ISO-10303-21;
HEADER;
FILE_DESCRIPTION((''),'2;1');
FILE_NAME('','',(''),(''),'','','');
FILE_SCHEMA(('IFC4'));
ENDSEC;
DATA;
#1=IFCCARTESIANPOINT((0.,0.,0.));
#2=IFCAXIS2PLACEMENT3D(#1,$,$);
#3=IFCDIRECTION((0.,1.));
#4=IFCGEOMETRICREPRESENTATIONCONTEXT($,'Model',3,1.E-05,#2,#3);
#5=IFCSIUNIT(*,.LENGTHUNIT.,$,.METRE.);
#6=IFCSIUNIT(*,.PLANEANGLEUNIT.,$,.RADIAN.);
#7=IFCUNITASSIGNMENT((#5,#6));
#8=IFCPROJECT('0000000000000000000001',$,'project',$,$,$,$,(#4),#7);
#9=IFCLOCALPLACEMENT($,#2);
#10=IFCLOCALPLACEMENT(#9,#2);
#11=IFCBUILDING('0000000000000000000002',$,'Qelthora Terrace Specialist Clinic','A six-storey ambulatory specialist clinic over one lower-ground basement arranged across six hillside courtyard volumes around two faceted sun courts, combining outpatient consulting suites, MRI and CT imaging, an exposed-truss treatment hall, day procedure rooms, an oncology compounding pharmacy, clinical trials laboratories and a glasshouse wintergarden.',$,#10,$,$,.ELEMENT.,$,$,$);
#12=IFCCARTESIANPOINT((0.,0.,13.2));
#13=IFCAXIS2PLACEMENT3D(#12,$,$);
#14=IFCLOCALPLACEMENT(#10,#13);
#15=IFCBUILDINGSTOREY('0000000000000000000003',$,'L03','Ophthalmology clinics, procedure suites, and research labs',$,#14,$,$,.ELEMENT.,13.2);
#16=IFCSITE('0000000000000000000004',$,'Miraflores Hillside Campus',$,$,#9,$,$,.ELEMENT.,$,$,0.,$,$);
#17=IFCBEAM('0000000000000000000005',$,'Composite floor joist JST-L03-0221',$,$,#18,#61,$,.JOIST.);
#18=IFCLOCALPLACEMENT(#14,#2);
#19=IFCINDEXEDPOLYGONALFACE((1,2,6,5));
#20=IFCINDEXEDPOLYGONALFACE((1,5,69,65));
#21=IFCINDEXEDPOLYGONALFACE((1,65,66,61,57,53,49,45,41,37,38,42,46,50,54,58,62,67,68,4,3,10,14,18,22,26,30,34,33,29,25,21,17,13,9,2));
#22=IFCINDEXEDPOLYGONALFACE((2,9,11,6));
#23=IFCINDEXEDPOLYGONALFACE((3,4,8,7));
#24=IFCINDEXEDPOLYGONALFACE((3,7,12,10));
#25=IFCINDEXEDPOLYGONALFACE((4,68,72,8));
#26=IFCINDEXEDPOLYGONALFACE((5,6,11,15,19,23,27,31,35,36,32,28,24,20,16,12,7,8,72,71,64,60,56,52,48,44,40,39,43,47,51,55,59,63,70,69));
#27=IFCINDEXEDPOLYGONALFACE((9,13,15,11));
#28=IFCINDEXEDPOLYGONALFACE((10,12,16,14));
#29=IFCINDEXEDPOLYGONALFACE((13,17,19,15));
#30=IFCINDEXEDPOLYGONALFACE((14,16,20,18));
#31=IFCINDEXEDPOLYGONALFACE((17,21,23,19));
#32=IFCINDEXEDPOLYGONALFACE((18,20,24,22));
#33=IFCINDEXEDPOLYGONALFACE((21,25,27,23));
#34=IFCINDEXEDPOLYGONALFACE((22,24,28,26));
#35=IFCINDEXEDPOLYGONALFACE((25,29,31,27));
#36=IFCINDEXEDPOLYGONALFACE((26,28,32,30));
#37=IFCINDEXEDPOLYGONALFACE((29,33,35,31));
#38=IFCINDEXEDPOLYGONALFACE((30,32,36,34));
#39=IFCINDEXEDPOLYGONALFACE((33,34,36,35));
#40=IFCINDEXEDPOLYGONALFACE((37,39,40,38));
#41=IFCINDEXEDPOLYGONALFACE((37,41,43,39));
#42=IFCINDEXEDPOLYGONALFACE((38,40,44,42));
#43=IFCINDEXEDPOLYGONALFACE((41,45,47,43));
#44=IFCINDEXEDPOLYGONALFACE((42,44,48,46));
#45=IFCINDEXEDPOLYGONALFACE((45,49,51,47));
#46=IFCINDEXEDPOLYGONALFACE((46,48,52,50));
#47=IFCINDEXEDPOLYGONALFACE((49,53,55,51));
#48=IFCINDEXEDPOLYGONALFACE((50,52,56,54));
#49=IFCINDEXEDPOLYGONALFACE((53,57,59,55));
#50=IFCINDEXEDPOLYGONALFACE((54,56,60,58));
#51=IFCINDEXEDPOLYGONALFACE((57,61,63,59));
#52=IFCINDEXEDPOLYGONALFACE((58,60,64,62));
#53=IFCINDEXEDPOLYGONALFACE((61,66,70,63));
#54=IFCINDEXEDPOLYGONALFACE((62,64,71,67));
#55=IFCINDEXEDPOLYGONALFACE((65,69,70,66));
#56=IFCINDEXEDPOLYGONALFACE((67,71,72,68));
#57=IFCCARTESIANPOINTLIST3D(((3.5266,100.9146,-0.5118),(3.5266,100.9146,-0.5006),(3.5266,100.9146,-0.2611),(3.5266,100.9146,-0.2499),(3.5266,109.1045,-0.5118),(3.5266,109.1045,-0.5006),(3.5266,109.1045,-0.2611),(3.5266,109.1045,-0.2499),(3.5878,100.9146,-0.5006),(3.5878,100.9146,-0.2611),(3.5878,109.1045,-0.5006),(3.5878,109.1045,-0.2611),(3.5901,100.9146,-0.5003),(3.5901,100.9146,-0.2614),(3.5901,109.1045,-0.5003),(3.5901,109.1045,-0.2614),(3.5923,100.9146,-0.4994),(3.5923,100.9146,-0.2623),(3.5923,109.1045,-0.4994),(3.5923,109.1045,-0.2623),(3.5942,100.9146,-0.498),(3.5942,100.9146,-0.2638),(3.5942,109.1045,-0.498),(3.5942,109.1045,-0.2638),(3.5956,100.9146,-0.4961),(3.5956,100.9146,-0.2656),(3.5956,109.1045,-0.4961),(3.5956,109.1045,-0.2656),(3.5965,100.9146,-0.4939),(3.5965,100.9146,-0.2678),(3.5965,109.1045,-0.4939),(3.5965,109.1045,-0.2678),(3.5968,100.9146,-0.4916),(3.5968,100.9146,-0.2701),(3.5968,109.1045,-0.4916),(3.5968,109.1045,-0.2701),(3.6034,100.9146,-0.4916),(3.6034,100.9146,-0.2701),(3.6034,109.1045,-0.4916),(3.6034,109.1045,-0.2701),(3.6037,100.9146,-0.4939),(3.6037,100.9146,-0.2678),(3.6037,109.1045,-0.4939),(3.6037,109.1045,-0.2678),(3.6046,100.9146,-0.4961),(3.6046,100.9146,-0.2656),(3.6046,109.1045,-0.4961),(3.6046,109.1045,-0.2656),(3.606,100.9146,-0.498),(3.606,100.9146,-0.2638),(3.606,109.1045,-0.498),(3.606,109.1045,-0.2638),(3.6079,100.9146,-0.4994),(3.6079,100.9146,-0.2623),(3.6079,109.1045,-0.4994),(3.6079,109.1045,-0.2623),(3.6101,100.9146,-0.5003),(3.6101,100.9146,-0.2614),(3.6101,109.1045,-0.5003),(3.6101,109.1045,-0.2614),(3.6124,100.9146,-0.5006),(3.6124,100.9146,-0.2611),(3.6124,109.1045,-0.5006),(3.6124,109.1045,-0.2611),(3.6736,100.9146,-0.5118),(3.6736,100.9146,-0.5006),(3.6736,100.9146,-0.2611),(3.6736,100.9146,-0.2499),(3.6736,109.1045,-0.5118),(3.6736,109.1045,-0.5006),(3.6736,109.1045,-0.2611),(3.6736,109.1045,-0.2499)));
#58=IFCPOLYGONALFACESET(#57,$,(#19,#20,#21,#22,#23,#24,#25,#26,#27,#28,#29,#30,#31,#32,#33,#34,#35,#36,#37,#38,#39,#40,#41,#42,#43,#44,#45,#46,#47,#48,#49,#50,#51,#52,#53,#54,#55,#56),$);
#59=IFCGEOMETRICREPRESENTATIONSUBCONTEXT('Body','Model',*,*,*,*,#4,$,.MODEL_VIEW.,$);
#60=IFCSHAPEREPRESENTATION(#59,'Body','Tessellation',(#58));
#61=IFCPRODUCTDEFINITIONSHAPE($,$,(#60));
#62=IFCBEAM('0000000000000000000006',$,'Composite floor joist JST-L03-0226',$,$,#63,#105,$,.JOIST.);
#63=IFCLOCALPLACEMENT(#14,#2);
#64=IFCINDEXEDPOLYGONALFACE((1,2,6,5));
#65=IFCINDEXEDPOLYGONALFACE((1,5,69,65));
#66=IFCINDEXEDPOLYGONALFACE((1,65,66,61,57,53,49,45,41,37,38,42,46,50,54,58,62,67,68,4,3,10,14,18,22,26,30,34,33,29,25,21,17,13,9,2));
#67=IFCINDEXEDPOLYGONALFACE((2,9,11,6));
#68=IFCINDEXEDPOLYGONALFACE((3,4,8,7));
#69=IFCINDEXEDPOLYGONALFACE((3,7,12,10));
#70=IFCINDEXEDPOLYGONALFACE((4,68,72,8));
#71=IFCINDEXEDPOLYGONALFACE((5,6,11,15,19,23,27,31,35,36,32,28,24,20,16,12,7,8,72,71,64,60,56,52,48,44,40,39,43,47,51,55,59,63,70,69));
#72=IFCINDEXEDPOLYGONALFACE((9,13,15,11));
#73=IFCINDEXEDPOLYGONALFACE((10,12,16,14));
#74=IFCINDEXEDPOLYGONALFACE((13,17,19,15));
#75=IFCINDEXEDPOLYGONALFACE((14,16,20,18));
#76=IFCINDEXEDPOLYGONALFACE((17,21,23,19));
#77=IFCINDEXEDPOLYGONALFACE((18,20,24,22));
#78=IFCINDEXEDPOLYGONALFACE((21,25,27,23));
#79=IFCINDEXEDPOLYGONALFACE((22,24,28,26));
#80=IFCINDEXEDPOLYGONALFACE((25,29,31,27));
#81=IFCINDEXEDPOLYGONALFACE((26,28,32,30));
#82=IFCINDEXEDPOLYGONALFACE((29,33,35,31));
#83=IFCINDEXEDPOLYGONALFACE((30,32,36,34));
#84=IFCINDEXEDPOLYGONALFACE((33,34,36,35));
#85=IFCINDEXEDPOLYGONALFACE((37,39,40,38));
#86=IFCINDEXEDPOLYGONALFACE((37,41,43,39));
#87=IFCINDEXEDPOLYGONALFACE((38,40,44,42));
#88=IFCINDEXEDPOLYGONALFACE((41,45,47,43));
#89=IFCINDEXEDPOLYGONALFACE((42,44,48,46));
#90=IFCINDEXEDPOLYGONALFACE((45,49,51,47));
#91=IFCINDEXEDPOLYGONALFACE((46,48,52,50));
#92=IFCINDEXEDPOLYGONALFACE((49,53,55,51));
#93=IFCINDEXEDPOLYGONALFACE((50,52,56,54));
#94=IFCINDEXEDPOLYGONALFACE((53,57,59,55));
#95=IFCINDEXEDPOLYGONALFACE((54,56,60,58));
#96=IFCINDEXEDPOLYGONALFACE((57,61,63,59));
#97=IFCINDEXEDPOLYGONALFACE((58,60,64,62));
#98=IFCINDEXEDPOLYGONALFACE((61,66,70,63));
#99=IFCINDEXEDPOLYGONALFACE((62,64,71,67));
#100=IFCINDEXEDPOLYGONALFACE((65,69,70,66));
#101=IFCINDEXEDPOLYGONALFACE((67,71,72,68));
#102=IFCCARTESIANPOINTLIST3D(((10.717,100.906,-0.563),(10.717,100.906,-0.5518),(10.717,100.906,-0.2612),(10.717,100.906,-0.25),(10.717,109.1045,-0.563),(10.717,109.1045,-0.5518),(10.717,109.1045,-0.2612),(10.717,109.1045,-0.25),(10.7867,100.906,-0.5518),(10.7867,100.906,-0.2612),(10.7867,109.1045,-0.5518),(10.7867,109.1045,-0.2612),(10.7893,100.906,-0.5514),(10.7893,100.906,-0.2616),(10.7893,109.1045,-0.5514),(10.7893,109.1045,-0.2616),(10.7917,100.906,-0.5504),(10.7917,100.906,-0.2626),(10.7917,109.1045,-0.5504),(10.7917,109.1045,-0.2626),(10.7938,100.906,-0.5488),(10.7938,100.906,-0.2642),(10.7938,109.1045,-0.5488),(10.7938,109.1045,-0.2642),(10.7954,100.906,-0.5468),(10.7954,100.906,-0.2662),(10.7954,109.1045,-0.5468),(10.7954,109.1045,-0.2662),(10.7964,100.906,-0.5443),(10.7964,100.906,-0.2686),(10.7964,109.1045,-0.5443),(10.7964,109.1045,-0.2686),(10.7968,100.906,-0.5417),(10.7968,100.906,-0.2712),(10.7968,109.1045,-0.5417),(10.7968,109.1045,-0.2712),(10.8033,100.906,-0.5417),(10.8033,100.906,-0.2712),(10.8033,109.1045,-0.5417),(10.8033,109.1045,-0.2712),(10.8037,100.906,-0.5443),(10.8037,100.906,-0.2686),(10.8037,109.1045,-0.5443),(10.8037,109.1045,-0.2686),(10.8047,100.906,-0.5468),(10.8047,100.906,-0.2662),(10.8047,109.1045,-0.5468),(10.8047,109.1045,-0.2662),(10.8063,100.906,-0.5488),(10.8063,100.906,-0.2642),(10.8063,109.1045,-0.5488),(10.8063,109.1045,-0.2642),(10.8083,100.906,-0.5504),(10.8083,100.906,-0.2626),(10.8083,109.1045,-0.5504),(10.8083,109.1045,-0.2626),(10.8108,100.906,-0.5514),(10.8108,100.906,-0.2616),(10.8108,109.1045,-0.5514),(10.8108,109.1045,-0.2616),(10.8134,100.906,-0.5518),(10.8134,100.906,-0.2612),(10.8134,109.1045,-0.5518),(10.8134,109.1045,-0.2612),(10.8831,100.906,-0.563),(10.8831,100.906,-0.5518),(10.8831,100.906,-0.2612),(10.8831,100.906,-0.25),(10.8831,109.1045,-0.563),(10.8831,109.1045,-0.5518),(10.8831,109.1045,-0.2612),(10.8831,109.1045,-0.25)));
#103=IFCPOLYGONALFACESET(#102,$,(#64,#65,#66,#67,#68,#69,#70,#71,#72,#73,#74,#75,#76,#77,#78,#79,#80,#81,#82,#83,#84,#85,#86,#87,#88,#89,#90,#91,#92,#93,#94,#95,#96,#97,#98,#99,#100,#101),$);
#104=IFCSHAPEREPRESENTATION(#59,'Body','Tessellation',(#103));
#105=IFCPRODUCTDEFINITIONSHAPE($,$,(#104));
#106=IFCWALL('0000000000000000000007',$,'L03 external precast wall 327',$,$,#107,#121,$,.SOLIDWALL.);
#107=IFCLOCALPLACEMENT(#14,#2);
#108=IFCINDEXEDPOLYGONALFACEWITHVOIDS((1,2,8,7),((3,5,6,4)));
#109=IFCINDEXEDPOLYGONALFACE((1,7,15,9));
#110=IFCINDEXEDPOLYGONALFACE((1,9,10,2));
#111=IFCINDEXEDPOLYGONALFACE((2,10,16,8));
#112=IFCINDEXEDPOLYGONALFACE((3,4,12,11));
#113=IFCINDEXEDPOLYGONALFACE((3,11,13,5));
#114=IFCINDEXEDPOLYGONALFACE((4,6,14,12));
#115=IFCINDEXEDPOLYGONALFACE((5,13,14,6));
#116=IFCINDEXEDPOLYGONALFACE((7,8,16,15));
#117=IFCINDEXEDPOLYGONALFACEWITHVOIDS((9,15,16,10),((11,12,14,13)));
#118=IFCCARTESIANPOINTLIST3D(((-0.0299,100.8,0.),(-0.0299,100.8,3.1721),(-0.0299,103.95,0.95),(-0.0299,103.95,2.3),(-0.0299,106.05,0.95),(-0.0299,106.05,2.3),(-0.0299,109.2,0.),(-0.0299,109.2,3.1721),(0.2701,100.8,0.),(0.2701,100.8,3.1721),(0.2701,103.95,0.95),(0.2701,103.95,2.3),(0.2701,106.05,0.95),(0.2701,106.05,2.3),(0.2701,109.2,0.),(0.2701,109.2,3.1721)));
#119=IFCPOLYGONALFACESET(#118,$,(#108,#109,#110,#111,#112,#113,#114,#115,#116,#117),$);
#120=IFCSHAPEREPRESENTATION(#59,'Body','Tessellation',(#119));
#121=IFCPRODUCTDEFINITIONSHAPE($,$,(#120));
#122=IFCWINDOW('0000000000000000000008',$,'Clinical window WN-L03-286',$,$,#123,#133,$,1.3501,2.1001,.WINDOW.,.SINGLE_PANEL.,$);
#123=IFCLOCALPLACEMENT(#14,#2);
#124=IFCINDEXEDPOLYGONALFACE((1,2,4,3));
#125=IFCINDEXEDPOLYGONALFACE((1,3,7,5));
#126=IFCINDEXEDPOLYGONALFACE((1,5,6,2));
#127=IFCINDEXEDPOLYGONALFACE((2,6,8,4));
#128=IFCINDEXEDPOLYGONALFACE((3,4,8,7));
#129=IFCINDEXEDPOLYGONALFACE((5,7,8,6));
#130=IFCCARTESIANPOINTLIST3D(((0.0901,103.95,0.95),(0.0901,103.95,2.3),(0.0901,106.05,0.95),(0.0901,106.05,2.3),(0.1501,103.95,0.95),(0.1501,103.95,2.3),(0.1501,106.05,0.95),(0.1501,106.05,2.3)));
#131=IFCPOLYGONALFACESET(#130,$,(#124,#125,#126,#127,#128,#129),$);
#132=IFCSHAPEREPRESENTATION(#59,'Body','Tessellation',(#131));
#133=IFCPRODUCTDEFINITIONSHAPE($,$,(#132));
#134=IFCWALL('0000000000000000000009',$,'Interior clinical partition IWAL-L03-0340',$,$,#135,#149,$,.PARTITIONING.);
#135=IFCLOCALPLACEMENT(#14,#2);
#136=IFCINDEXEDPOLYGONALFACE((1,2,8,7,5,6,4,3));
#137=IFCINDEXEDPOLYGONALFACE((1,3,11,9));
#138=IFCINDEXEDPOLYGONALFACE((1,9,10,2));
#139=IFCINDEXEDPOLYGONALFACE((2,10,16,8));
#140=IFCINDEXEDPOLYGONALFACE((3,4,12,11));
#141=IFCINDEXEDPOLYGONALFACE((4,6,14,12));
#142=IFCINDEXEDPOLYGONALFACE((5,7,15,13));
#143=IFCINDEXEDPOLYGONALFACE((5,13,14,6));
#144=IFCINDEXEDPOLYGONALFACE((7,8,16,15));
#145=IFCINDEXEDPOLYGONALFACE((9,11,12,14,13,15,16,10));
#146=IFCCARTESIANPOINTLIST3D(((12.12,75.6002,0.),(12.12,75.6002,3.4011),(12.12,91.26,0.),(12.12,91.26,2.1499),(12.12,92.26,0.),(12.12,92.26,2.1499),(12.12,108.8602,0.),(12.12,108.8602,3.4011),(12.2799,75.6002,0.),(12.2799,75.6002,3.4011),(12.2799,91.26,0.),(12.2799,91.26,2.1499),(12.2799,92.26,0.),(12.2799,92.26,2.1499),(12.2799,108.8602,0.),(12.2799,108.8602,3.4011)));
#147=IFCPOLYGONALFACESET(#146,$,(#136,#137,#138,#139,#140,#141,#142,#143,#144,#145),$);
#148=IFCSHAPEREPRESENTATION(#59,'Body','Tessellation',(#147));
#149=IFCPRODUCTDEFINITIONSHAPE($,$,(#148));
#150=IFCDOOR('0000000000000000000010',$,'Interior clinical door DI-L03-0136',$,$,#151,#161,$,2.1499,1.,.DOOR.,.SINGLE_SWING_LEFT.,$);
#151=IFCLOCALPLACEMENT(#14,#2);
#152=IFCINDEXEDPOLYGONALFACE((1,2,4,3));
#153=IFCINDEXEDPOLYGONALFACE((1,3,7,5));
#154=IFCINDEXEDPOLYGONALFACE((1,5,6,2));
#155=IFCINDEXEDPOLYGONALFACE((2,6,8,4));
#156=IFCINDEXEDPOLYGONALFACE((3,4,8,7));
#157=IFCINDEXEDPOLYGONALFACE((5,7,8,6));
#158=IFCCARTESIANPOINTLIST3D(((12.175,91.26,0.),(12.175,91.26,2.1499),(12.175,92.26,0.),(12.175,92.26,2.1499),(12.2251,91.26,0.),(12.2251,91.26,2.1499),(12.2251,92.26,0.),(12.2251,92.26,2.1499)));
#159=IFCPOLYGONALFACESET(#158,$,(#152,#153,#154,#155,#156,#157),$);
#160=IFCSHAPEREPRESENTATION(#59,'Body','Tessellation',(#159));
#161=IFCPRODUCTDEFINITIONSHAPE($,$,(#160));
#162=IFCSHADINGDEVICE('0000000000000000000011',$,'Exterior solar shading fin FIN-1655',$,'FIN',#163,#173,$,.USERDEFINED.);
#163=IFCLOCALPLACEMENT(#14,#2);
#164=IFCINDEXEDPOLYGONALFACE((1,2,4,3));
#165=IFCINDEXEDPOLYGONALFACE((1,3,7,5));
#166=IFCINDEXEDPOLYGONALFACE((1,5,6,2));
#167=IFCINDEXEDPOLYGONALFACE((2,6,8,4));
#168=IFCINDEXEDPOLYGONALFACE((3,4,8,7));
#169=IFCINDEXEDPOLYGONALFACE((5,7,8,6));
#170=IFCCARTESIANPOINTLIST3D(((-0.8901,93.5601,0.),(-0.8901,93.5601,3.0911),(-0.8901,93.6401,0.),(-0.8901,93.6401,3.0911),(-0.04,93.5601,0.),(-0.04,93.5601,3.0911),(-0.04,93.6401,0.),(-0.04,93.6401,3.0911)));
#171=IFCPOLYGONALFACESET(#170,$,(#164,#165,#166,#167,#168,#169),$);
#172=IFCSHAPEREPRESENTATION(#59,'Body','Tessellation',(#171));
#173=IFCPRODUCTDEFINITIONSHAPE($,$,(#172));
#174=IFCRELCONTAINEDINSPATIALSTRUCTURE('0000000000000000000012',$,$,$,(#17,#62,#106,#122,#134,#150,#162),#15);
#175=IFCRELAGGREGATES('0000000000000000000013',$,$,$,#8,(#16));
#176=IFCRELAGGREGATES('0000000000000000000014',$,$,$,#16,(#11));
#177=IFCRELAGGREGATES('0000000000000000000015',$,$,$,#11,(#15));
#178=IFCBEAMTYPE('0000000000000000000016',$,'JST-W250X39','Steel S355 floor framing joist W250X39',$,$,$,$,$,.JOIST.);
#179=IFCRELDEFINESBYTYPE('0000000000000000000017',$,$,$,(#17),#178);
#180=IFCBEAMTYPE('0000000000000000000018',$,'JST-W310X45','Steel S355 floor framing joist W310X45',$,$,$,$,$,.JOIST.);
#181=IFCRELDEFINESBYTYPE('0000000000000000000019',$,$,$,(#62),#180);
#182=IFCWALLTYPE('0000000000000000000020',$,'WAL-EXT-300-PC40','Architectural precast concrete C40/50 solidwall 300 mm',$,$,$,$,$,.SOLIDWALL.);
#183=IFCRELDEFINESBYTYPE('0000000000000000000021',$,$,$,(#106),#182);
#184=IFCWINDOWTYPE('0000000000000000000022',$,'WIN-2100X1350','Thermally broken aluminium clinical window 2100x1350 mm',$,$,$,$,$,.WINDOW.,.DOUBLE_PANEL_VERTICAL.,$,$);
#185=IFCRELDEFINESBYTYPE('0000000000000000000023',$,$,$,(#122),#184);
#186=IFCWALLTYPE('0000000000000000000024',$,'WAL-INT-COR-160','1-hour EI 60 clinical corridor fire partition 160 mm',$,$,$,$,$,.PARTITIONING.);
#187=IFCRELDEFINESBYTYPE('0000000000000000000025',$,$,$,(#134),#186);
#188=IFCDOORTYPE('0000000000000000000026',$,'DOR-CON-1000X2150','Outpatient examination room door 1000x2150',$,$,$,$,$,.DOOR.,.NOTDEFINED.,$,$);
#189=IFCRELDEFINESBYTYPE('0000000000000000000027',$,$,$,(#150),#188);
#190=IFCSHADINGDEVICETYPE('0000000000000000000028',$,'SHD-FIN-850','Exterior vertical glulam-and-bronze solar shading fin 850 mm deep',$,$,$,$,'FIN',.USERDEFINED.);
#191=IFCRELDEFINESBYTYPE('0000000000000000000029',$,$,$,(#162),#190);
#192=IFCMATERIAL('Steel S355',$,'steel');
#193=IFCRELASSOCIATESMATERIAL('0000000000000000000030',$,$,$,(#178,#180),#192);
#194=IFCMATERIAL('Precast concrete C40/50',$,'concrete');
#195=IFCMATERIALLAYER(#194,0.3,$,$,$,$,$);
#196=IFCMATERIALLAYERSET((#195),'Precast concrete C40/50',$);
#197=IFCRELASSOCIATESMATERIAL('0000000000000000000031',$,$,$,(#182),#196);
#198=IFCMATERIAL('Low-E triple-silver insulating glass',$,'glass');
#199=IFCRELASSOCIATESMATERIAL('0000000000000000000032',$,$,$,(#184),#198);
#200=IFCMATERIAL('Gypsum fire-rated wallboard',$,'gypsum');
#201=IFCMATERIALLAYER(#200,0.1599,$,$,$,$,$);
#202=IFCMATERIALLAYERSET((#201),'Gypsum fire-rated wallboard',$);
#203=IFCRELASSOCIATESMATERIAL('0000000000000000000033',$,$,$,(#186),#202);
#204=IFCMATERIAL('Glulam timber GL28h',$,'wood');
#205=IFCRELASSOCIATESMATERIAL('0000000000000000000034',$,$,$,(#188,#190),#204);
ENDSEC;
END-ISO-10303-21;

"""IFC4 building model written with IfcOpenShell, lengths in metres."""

from ifc_helpers import new_model, si_unit, direction, frame, frame_2d, origin, origin_2d, place, context, subcontext, project, spatial, rectangle, i_section, extrude, material, layer, layer_set, material_profile, profile_set, type_object, element, fill, save


model = new_model("IFC4")

# Units and contexts
model_context = context("Model", 3, precision=1e-05, world=origin(), true_north=direction((0.0, 1.0)))
body_context = subcontext(model_context, "Body", "Model", "MODEL_VIEW")
ifc_project = project(units=[si_unit("LENGTHUNIT", "METRE"), si_unit("PLANEANGLEUNIT", "RADIAN")], contexts=[model_context])

# Site, building, storey
site_placement = place(None, origin())
site = spatial("IfcSite", under=ifc_project, at=site_placement, Name="Miraflores Hillside Campus", CompositionType="ELEMENT", RefElevation=0.0)
building_placement = place(site_placement, origin())
building = spatial("IfcBuilding", under=site, at=building_placement, Name="Qelthora Terrace Specialist Clinic", Description="A six-storey ambulatory specialist clinic over one lower-ground basement arranged across six hillside courtyard volumes around two faceted sun courts, combining outpatient consulting suites, MRI and CT imaging, an exposed-truss treatment hall, day procedure rooms, an oncology compounding pharmacy, clinical trials laboratories and a glasshouse wintergarden.", CompositionType="ELEMENT")
storey_placement = place(building_placement, frame((0.0, 0.0, 13.2)))
storey = spatial("IfcBuildingStorey", under=building, at=storey_placement, Name="L03", Description="Ophthalmology clinics, procedure suites, and research labs", CompositionType="ELEMENT", Elevation=13.2)

# Shared definitions
ifc_material_1 = material(Name="Steel S355", Category="steel")

# Beams
ifc_material_profile_1 = material_profile(ifc_material_1, i_section(OverallWidth=0.147, OverallDepth=0.262, WebThickness=0.0066, FlangeThickness=0.0112, FilletRadius=0.009, at=origin_2d()), Name="W250X39")
ifc_profile_set_1 = profile_set([ifc_material_profile_1], Name="Steel S355")
beam_type_1 = type_object("IfcBeamType", Name="JST-W250X39", Description="Steel S355 floor framing joist W250X39", PredefinedType="JOIST", material=ifc_profile_set_1)
beam_1_placement = place(storey_placement, frame((3.6001, 100.9146, -0.3809), z_axis=(0.0, 1.0, 0.0), x_axis=(-1.0, 0.0, 0.0)))
element("IfcBeam", 1, at=beam_1_placement, inside=storey, type_object=beam_type_1, Name="Composite floor joist JST-L03-0221", PredefinedType="JOIST", context=body_context, shape_type="SweptSolid", body=[
    extrude(i_section(OverallWidth=0.147, OverallDepth=0.262, WebThickness=0.0066, FlangeThickness=0.0112, FilletRadius=0.009, at=origin_2d()), origin(), (0.0, 0.0, 1.0), 8.1899),
])
ifc_material_profile_2 = material_profile(ifc_material_1, i_section(OverallWidth=0.166, OverallDepth=0.313, WebThickness=0.0066, FlangeThickness=0.0112, FilletRadius=0.01, at=origin_2d()), Name="W310X45")
ifc_profile_set_2 = profile_set([ifc_material_profile_2], Name="Steel S355")
beam_type_2 = type_object("IfcBeamType", Name="JST-W310X45", Description="Steel S355 floor framing joist W310X45", PredefinedType="JOIST", material=ifc_profile_set_2)
beam_2_placement = place(storey_placement, frame((10.8, 100.906, -0.4065), z_axis=(0.0, 1.0, 0.0), x_axis=(-1.0, 0.0, 0.0)))
element("IfcBeam", 2, at=beam_2_placement, inside=storey, type_object=beam_type_2, Name="Composite floor joist JST-L03-0226", PredefinedType="JOIST", context=body_context, shape_type="SweptSolid", body=[
    extrude(i_section(OverallWidth=0.166, OverallDepth=0.313, WebThickness=0.0066, FlangeThickness=0.0112, FilletRadius=0.01, at=origin_2d()), origin(), (0.0, 0.0, 1.0), 8.1985),
])

# Wall, opening, window
ifc_material_2 = material(Name="Precast concrete C40/50", Category="concrete")
ifc_layer_1 = layer(ifc_material_2, 0.3)
ifc_layer_set_1 = layer_set([ifc_layer_1], Name="Precast concrete C40/50")
wall_type_1 = type_object("IfcWallType", Name="WAL-EXT-300-PC40", Description="Architectural precast concrete C40/50 solidwall 300 mm", PredefinedType="SOLIDWALL", material=ifc_layer_set_1)
wall_1_placement = place(storey_placement, frame((0.1201, 100.8, 0.0), z_axis=(0.0, 0.0, 1.0), x_axis=(0.0, 1.0, 0.0)))
wall_1 = element("IfcWall", 3, at=wall_1_placement, inside=storey, type_object=wall_type_1, Name="L03 external precast wall 327", PredefinedType="SOLIDWALL", context=body_context, shape_type="SweptSolid", body=[
    extrude(rectangle(XDim=8.3999, YDim=0.3, at=frame_2d((4.2, 0.0))), origin(), (0.0, 0.0, 1.0), 3.1721),
])
opening_1_placement = place(wall_1_placement, frame((3.1499, 0.0, 0.95)))
opening_1 = element("IfcOpeningElement", 4, at=opening_1_placement, cuts=wall_1, PredefinedType="OPENING", context=body_context, shape_type="SweptSolid", body=[
    extrude(rectangle(XDim=2.1001, YDim=1.3501, at=frame_2d((1.05, 0.675))), frame((0.0, 0.1599, 0.0), z_axis=(0.0, -1.0, 0.0), x_axis=(1.0, 0.0, 0.0)), (0.0, 0.0, 1.0), 0.3201),
])
ifc_material_3 = material(Name="Low-E triple-silver insulating glass", Category="glass")
window_type = type_object("IfcWindowType", Name="WIN-2100X1350", Description="Thermally broken aluminium clinical window 2100x1350 mm", PartitioningType="DOUBLE_PANEL_VERTICAL", PredefinedType="WINDOW", material=ifc_material_3)
window_placement = place(opening_1_placement, origin())
window = element("IfcWindow", 5, at=window_placement, inside=storey, type_object=window_type, Name="Clinical window WN-L03-286", OverallHeight=1.3501, OverallWidth=2.1001, PartitioningType="SINGLE_PANEL", PredefinedType="WINDOW", context=body_context, shape_type="SweptSolid", body=[
    extrude(rectangle(XDim=2.1001, YDim=1.3501, at=frame_2d((1.05, 0.675))), frame((0.0, 0.03, 0.0), z_axis=(0.0, -1.0, 0.0), x_axis=(1.0, 0.0, 0.0)), (0.0, 0.0, 1.0), 0.0601),
])
fill(opening_1, window)

# Wall, opening, door
ifc_material_4 = material(Name="Gypsum fire-rated wallboard", Category="gypsum")
ifc_layer_2 = layer(ifc_material_4, 0.1599)
ifc_layer_set_2 = layer_set([ifc_layer_2], Name="Gypsum fire-rated wallboard")
wall_type_2 = type_object("IfcWallType", Name="WAL-INT-COR-160", Description="1-hour EI 60 clinical corridor fire partition 160 mm", PredefinedType="PARTITIONING", material=ifc_layer_set_2)
wall_2_placement = place(storey_placement, frame((12.2, 108.8601, 0.0), z_axis=(0.0, 0.0, 1.0), x_axis=(0.0, -1.0, 0.0)))
wall_2 = element("IfcWall", 6, at=wall_2_placement, inside=storey, type_object=wall_type_2, Name="Interior clinical partition IWAL-L03-0340", PredefinedType="PARTITIONING", context=body_context, shape_type="SweptSolid", body=[
    extrude(rectangle(XDim=33.26, YDim=0.1599, at=frame_2d((16.6299, 0.0))), origin(), (0.0, 0.0, 1.0), 3.4011),
])
opening_2_placement = place(wall_2_placement, frame((16.6001, 0.0, 0.0)))
opening_2 = element("IfcOpeningElement", 7, at=opening_2_placement, cuts=wall_2, PredefinedType="OPENING", context=body_context, shape_type="SweptSolid", body=[
    extrude(rectangle(XDim=1.0, YDim=2.1499, at=frame_2d((0.5, 1.075))), frame((0.0, 0.0898, 0.0), z_axis=(0.0, -1.0, 0.0), x_axis=(1.0, 0.0, 0.0)), (0.0, 0.0, 1.0), 0.1799),
])
ifc_material_5 = material(Name="Glulam timber GL28h", Category="wood")
door_type = type_object("IfcDoorType", Name="DOR-CON-1000X2150", Description="Outpatient examination room door 1000x2150", OperationType="NOTDEFINED", PredefinedType="DOOR", material=ifc_material_5)
door_placement = place(opening_2_placement, frame((1.0, 0.0, 0.0), z_axis=(0.0, 0.0, 1.0), x_axis=(-1.0, 0.0, 0.0)))
door = element("IfcDoor", 8, at=door_placement, inside=storey, type_object=door_type, Name="Interior clinical door DI-L03-0136", OperationType="SINGLE_SWING_LEFT", OverallHeight=2.1499, OverallWidth=1.0, PredefinedType="DOOR", context=body_context, shape_type="SweptSolid", body=[
    extrude(rectangle(XDim=1.0, YDim=2.1499, at=frame_2d((0.5, 1.075))), frame((0.0, 0.0249, 0.0), z_axis=(0.0, -1.0, 0.0), x_axis=(1.0, 0.0, 0.0)), (0.0, 0.0, 1.0), 0.05),
])
fill(opening_2, door)

# Shading device
shading_device_type = type_object("IfcShadingDeviceType", Name="SHD-FIN-850", Description="Exterior vertical glulam-and-bronze solar shading fin 850 mm deep", ElementType="FIN", PredefinedType="USERDEFINED", material=ifc_material_5)
for number, where, z_axis, x_axis, name in (
    (9, (-0.4651, 93.6001, 0.0), (0.0, 0.0, 1.0), (-1.0, 0.0, 0.0), "Exterior solar shading fin FIN-1655"),
):
    element("IfcShadingDevice", number, at=place(storey_placement, frame(where, z_axis=z_axis, x_axis=x_axis)), inside=storey, type_object=shading_device_type, Name=name, ObjectType="FIN", PredefinedType="USERDEFINED", context=body_context, shape_type="SweptSolid", body=[
        extrude(rectangle(XDim=0.8501, YDim=0.0801, at=origin_2d()), origin(), (0.0, 0.0, 1.0), 3.0911),
    ])

save(model, "model.ifc")
